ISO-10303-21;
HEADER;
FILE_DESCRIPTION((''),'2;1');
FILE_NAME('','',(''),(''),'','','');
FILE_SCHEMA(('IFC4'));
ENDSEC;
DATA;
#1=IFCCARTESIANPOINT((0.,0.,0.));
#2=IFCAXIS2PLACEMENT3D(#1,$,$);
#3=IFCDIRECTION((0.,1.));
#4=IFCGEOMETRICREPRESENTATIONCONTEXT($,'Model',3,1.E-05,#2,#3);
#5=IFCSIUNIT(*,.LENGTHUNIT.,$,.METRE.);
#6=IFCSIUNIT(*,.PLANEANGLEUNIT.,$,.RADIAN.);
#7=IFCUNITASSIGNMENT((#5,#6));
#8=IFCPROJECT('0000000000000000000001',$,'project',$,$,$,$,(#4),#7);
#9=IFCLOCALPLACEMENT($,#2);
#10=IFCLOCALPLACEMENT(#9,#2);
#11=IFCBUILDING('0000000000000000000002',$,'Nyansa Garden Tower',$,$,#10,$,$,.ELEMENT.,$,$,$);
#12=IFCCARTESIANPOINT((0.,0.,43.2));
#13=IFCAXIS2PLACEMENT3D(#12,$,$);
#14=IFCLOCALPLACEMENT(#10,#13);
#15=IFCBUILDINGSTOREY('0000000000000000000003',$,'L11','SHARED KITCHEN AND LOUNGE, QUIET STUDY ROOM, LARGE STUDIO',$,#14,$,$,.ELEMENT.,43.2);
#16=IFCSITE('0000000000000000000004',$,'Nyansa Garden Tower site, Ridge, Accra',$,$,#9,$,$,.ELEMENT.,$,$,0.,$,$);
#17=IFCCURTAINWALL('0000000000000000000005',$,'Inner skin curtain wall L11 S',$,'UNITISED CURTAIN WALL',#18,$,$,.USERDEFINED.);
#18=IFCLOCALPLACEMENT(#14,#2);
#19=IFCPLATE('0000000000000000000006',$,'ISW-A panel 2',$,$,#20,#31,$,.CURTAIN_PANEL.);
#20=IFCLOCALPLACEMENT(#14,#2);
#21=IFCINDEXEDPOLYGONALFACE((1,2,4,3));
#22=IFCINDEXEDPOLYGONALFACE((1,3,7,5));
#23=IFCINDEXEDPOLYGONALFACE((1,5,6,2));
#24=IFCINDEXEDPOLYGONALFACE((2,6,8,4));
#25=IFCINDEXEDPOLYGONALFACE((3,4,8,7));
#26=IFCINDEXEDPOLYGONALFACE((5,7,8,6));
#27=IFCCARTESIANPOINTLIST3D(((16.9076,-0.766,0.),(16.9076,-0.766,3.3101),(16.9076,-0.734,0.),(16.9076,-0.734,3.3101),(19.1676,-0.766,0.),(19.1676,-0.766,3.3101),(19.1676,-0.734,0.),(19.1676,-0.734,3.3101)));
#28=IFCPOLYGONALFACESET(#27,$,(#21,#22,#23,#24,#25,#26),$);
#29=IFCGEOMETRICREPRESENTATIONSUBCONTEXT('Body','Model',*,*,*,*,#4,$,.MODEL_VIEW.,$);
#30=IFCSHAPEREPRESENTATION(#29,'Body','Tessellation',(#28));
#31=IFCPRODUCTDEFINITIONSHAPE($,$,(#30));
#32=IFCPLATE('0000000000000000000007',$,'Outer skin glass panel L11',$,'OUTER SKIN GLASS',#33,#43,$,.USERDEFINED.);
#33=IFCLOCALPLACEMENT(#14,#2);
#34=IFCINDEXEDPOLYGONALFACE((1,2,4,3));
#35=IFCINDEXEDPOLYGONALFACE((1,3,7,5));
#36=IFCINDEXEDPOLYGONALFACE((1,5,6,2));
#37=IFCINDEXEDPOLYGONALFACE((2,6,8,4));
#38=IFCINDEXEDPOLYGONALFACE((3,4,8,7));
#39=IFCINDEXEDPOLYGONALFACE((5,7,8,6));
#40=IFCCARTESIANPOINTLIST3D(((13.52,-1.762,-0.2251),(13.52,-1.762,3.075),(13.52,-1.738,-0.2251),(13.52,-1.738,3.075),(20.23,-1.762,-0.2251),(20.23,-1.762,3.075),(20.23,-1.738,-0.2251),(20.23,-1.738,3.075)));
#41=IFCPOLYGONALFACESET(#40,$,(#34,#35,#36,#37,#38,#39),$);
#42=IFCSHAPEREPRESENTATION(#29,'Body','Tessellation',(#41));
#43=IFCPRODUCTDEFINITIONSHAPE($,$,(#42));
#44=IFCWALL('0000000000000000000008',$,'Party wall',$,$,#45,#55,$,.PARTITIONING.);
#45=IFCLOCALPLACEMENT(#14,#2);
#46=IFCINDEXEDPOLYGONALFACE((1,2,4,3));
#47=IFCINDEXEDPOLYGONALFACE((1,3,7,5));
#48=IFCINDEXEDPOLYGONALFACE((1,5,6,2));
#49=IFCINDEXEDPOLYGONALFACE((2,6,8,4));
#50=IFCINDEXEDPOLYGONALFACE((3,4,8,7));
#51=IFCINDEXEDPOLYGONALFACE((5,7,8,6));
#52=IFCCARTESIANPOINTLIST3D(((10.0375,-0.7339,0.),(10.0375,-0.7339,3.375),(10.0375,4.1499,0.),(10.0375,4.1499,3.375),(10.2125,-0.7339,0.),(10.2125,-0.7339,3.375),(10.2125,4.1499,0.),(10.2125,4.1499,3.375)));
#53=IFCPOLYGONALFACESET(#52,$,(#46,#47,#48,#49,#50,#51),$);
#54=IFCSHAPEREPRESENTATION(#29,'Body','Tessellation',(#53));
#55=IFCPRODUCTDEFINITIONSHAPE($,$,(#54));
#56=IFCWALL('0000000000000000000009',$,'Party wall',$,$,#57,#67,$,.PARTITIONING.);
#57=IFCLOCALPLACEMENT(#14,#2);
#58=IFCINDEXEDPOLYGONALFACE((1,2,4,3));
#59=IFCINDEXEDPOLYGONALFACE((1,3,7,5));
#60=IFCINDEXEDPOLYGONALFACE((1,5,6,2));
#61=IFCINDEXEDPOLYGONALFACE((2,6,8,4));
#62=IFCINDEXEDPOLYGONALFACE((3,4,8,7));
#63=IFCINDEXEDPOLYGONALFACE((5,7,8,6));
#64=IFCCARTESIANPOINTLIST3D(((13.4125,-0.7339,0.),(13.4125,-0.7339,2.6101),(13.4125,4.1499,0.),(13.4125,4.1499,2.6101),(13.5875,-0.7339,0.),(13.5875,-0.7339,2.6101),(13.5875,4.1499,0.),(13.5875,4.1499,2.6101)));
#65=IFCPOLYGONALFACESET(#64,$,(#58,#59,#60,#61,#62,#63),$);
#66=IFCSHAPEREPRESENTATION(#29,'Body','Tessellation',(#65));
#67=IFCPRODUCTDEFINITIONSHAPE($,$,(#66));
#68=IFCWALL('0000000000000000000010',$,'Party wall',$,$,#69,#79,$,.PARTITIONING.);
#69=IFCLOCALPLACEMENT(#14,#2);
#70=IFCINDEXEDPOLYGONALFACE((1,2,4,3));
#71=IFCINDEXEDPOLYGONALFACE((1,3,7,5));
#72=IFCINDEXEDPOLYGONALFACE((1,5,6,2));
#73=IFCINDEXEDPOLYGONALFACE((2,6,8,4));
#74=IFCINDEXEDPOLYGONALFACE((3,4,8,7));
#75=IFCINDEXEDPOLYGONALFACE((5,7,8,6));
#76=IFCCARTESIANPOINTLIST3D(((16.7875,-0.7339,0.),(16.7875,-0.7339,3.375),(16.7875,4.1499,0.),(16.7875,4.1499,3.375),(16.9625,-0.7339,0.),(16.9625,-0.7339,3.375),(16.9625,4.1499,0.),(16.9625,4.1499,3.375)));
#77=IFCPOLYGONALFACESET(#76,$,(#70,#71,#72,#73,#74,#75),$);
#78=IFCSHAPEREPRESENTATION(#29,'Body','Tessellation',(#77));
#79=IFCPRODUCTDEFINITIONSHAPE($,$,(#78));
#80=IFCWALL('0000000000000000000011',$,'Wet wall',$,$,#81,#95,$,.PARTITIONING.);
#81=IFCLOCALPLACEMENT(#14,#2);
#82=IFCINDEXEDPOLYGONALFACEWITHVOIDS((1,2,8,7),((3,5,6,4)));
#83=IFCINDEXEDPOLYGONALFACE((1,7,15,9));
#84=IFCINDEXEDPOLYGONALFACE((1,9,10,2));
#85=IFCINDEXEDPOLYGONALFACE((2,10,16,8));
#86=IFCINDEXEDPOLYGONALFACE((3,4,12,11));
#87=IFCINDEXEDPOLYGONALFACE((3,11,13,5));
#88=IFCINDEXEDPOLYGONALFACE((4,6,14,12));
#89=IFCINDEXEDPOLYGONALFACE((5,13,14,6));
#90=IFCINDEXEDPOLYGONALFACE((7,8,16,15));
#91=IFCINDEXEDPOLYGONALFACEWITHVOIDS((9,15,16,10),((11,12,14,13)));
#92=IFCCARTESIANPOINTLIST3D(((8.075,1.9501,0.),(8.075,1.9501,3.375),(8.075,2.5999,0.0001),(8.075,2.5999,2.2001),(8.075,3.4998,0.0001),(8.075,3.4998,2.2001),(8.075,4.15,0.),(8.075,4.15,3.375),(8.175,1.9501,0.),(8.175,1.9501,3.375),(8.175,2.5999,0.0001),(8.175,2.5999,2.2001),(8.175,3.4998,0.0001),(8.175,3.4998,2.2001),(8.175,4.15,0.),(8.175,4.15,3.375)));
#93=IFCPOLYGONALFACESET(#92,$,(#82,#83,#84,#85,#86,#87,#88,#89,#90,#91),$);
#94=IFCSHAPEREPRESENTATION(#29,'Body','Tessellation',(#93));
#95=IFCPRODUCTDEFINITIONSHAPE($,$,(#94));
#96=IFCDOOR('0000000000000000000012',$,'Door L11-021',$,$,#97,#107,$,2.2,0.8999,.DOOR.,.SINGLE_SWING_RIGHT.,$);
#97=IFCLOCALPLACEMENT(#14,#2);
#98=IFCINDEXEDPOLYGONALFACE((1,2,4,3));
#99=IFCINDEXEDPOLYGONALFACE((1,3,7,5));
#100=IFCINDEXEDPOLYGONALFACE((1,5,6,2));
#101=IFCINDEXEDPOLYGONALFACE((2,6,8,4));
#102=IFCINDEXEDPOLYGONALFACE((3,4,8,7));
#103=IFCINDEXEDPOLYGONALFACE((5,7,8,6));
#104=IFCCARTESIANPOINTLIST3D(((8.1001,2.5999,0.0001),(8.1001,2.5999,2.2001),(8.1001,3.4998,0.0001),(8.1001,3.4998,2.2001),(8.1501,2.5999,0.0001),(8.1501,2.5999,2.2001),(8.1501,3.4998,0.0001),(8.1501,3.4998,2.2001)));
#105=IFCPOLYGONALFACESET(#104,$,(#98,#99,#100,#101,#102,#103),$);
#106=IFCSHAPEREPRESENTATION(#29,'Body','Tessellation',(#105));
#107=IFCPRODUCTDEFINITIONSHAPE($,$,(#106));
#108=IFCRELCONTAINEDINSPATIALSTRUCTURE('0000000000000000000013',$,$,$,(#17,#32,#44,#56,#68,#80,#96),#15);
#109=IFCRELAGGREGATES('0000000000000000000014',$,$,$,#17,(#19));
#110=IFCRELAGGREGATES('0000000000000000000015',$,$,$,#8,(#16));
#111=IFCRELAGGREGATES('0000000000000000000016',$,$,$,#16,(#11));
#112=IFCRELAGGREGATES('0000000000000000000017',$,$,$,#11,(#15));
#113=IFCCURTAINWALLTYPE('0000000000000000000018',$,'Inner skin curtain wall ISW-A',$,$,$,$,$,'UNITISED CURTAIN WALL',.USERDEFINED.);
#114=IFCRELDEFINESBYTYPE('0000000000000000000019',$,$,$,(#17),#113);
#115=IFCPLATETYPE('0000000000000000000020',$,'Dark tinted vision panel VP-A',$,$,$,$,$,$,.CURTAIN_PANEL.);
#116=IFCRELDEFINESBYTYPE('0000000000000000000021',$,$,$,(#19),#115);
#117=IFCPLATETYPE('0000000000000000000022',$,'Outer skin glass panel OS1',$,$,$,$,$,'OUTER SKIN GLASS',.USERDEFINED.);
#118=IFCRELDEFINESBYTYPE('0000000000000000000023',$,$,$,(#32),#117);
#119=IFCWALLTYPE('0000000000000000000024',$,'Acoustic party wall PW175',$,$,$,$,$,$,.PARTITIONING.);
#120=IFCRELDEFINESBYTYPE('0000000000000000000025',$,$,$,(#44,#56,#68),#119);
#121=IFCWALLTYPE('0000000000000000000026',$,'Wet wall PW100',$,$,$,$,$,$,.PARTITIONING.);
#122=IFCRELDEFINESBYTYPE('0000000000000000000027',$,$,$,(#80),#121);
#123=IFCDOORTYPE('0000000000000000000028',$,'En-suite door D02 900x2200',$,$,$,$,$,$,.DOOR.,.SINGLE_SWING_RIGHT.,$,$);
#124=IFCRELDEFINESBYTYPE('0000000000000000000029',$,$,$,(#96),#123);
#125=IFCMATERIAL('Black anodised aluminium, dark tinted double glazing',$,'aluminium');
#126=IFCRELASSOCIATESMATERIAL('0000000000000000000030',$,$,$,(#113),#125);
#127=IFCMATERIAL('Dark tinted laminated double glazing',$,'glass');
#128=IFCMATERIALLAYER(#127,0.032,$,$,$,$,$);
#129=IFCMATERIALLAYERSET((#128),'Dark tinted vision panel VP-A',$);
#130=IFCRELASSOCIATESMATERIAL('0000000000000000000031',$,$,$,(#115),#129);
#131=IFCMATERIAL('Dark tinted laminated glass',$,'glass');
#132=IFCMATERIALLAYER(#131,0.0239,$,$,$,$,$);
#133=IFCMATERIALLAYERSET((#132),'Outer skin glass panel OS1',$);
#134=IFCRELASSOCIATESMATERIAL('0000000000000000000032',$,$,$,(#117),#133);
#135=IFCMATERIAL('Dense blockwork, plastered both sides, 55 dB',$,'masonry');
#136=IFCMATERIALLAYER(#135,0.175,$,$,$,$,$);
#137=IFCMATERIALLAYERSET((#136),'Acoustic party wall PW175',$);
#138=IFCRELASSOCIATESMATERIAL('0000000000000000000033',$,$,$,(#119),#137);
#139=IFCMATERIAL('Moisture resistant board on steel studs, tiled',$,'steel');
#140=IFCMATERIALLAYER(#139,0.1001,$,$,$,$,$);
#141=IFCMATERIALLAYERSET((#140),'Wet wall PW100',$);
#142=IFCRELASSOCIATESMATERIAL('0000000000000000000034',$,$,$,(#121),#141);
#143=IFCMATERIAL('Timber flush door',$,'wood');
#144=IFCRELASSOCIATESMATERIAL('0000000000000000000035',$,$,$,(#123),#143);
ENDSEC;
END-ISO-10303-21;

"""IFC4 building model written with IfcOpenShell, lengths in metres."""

from ifc_helpers import new_model, si_unit, direction, frame, frame_2d, origin, origin_2d, place, context, subcontext, project, spatial, rectangle, extrude, material, layer, layer_set, type_object, element, fill, aggregate, save


model = new_model("IFC4")

# Units and contexts
model_context = context("Model", 3, precision=1e-05, world=origin(), true_north=direction((0.0, 1.0)))
body_context = subcontext(model_context, "Body", "Model", "MODEL_VIEW")
ifc_project = project(units=[si_unit("LENGTHUNIT", "METRE"), si_unit("PLANEANGLEUNIT", "RADIAN")], contexts=[model_context])

# Site, building, storey
site_placement = place(None, origin())
site = spatial("IfcSite", under=ifc_project, at=site_placement, Name="Nyansa Garden Tower site, Ridge, Accra", CompositionType="ELEMENT", RefElevation=0.0)
building_placement = place(site_placement, origin())
building = spatial("IfcBuilding", under=site, at=building_placement, Name="Nyansa Garden Tower", CompositionType="ELEMENT")
storey_placement = place(building_placement, frame((0.0, 0.0, 43.2)))
storey = spatial("IfcBuildingStorey", under=building, at=storey_placement, Name="L11", Description="SHARED KITCHEN AND LOUNGE, QUIET STUDY ROOM, LARGE STUDIO", CompositionType="ELEMENT", Elevation=43.2)

# Curtain wall
ifc_material_1 = material(Name="Black anodised aluminium, dark tinted double glazing", Category="aluminium")
curtain_wall_type = type_object("IfcCurtainWallType", Name="Inner skin curtain wall ISW-A", ElementType="UNITISED CURTAIN WALL", PredefinedType="USERDEFINED", material=ifc_material_1)
curtain_wall_1_placement = place(storey_placement, origin())
curtain_wall_1 = element("IfcCurtainWall", 1, at=curtain_wall_1_placement, inside=storey, type_object=curtain_wall_type, Name="Inner skin curtain wall L11 S", ObjectType="UNITISED CURTAIN WALL", PredefinedType="USERDEFINED")

# Plates
ifc_material_2 = material(Name="Dark tinted laminated double glazing", Category="glass")
ifc_layer_1 = layer(ifc_material_2, 0.032)
ifc_layer_set_1 = layer_set([ifc_layer_1], Name="Dark tinted vision panel VP-A")
plate_type_1 = type_object("IfcPlateType", Name="Dark tinted vision panel VP-A", PredefinedType="CURTAIN_PANEL", material=ifc_layer_set_1)
plate_1_placement = place(storey_placement, frame((18.0376, -0.75, 0.0), z_axis=(0.0, 0.0, 1.0), x_axis=(1.0, 0.0, 0.0)))
plate_1 = element("IfcPlate", 2, at=plate_1_placement, type_object=plate_type_1, Name="ISW-A panel 2", PredefinedType="CURTAIN_PANEL", context=body_context, shape_type="SweptSolid", body=[
    extrude(rectangle(XDim=2.26, YDim=0.032, at=origin_2d()), origin(), (0.0, 0.0, 1.0), 3.3101),
])
aggregate(curtain_wall_1, [plate_1])
ifc_material_3 = material(Name="Dark tinted laminated glass", Category="glass")
ifc_layer_2 = layer(ifc_material_3, 0.0239)
ifc_layer_set_2 = layer_set([ifc_layer_2], Name="Outer skin glass panel OS1")
plate_type_2 = type_object("IfcPlateType", Name="Outer skin glass panel OS1", ElementType="OUTER SKIN GLASS", PredefinedType="USERDEFINED", material=ifc_layer_set_2)
plate_2_placement = place(storey_placement, frame((16.875, -1.75, -0.2251), z_axis=(0.0, 0.0, 1.0), x_axis=(1.0, 0.0, 0.0)))
element("IfcPlate", 3, at=plate_2_placement, inside=storey, type_object=plate_type_2, Name="Outer skin glass panel L11", ObjectType="OUTER SKIN GLASS", PredefinedType="USERDEFINED", context=body_context, shape_type="SweptSolid", body=[
    extrude(rectangle(XDim=6.71, YDim=0.0239, at=origin_2d()), origin(), (0.0, 0.0, 1.0), 3.3),
])

# Walls
ifc_material_4 = material(Name="Dense blockwork, plastered both sides, 55 dB", Category="masonry")
ifc_layer_3 = layer(ifc_material_4, 0.175)
ifc_layer_set_3 = layer_set([ifc_layer_3], Name="Acoustic party wall PW175")
wall_type_1 = type_object("IfcWallType", Name="Acoustic party wall PW175", PredefinedType="PARTITIONING", material=ifc_layer_set_3)
wall_1_placement = place(storey_placement, frame((10.125, -0.7339, 0.0), z_axis=(0.0, 0.0, 1.0), x_axis=(0.0, 1.0, 0.0)))
element("IfcWall", 4, at=wall_1_placement, inside=storey, type_object=wall_type_1, Name="Party wall", PredefinedType="PARTITIONING", context=body_context, shape_type="SweptSolid", body=[
    extrude(rectangle(XDim=4.8838, YDim=0.175, at=frame_2d((2.4419, 0.0))), origin(), (0.0, 0.0, 1.0), 3.375),
])
wall_2_placement = place(storey_placement, frame((13.5, -0.7339, 0.0), z_axis=(0.0, 0.0, 1.0), x_axis=(0.0, 1.0, 0.0)))
element("IfcWall", 5, at=wall_2_placement, inside=storey, type_object=wall_type_1, Name="Party wall", PredefinedType="PARTITIONING", context=body_context, shape_type="SweptSolid", body=[
    extrude(rectangle(XDim=4.8838, YDim=0.175, at=frame_2d((2.4419, 0.0))), origin(), (0.0, 0.0, 1.0), 2.6101),
])
wall_3_placement = place(storey_placement, frame((16.875, -0.7339, 0.0), z_axis=(0.0, 0.0, 1.0), x_axis=(0.0, 1.0, 0.0)))
element("IfcWall", 6, at=wall_3_placement, inside=storey, type_object=wall_type_1, Name="Party wall", PredefinedType="PARTITIONING", context=body_context, shape_type="SweptSolid", body=[
    extrude(rectangle(XDim=4.8838, YDim=0.175, at=frame_2d((2.4419, 0.0))), origin(), (0.0, 0.0, 1.0), 3.375),
])

# Wall, opening, door
ifc_material_5 = material(Name="Moisture resistant board on steel studs, tiled", Category="steel")
ifc_layer_4 = layer(ifc_material_5, 0.1001)
ifc_layer_set_4 = layer_set([ifc_layer_4], Name="Wet wall PW100")
wall_type_2 = type_object("IfcWallType", Name="Wet wall PW100", PredefinedType="PARTITIONING", material=ifc_layer_set_4)
wall_4_placement = place(storey_placement, frame((8.125, 1.95, 0.0), z_axis=(0.0, 0.0, 1.0), x_axis=(0.0, 1.0, 0.0)))
wall_4 = element("IfcWall", 7, at=wall_4_placement, inside=storey, type_object=wall_type_2, Name="Wet wall", PredefinedType="PARTITIONING", context=body_context, shape_type="SweptSolid", body=[
    extrude(rectangle(XDim=2.2, YDim=0.1001, at=frame_2d((1.1001, 0.0))), origin(), (0.0, 0.0, 1.0), 3.375),
])
opening_placement = place(wall_4_placement, frame((0.6499, 0.0, 0.0)))
opening = element("IfcOpeningElement", 8, at=opening_placement, cuts=wall_4, PredefinedType="OPENING", context=body_context, shape_type="SweptSolid", body=[
    extrude(rectangle(XDim=0.8999, YDim=2.2, at=frame_2d((0.45, 1.1001))), frame((0.0, 0.0601, 0.0), z_axis=(0.0, -1.0, 0.0), x_axis=(1.0, 0.0, 0.0)), (0.0, 0.0, 1.0), 0.1201),
])
ifc_material_6 = material(Name="Timber flush door", Category="wood")
door_type = type_object("IfcDoorType", Name="En-suite door D02 900x2200", OperationType="SINGLE_SWING_RIGHT", PredefinedType="DOOR", material=ifc_material_6)
door_placement = place(opening_placement, origin())
door = element("IfcDoor", 9, at=door_placement, inside=storey, type_object=door_type, Name="Door L11-021", OperationType="SINGLE_SWING_RIGHT", OverallHeight=2.2, OverallWidth=0.8999, PredefinedType="DOOR", context=body_context, shape_type="SweptSolid", body=[
    extrude(rectangle(XDim=0.8999, YDim=2.2, at=frame_2d((0.45, 1.1001))), frame((0.0, 0.0249, 0.0), z_axis=(0.0, -1.0, 0.0), x_axis=(1.0, 0.0, 0.0)), (0.0, 0.0, 1.0), 0.05),
])
fill(opening, door)

save(model, "model.ifc")
